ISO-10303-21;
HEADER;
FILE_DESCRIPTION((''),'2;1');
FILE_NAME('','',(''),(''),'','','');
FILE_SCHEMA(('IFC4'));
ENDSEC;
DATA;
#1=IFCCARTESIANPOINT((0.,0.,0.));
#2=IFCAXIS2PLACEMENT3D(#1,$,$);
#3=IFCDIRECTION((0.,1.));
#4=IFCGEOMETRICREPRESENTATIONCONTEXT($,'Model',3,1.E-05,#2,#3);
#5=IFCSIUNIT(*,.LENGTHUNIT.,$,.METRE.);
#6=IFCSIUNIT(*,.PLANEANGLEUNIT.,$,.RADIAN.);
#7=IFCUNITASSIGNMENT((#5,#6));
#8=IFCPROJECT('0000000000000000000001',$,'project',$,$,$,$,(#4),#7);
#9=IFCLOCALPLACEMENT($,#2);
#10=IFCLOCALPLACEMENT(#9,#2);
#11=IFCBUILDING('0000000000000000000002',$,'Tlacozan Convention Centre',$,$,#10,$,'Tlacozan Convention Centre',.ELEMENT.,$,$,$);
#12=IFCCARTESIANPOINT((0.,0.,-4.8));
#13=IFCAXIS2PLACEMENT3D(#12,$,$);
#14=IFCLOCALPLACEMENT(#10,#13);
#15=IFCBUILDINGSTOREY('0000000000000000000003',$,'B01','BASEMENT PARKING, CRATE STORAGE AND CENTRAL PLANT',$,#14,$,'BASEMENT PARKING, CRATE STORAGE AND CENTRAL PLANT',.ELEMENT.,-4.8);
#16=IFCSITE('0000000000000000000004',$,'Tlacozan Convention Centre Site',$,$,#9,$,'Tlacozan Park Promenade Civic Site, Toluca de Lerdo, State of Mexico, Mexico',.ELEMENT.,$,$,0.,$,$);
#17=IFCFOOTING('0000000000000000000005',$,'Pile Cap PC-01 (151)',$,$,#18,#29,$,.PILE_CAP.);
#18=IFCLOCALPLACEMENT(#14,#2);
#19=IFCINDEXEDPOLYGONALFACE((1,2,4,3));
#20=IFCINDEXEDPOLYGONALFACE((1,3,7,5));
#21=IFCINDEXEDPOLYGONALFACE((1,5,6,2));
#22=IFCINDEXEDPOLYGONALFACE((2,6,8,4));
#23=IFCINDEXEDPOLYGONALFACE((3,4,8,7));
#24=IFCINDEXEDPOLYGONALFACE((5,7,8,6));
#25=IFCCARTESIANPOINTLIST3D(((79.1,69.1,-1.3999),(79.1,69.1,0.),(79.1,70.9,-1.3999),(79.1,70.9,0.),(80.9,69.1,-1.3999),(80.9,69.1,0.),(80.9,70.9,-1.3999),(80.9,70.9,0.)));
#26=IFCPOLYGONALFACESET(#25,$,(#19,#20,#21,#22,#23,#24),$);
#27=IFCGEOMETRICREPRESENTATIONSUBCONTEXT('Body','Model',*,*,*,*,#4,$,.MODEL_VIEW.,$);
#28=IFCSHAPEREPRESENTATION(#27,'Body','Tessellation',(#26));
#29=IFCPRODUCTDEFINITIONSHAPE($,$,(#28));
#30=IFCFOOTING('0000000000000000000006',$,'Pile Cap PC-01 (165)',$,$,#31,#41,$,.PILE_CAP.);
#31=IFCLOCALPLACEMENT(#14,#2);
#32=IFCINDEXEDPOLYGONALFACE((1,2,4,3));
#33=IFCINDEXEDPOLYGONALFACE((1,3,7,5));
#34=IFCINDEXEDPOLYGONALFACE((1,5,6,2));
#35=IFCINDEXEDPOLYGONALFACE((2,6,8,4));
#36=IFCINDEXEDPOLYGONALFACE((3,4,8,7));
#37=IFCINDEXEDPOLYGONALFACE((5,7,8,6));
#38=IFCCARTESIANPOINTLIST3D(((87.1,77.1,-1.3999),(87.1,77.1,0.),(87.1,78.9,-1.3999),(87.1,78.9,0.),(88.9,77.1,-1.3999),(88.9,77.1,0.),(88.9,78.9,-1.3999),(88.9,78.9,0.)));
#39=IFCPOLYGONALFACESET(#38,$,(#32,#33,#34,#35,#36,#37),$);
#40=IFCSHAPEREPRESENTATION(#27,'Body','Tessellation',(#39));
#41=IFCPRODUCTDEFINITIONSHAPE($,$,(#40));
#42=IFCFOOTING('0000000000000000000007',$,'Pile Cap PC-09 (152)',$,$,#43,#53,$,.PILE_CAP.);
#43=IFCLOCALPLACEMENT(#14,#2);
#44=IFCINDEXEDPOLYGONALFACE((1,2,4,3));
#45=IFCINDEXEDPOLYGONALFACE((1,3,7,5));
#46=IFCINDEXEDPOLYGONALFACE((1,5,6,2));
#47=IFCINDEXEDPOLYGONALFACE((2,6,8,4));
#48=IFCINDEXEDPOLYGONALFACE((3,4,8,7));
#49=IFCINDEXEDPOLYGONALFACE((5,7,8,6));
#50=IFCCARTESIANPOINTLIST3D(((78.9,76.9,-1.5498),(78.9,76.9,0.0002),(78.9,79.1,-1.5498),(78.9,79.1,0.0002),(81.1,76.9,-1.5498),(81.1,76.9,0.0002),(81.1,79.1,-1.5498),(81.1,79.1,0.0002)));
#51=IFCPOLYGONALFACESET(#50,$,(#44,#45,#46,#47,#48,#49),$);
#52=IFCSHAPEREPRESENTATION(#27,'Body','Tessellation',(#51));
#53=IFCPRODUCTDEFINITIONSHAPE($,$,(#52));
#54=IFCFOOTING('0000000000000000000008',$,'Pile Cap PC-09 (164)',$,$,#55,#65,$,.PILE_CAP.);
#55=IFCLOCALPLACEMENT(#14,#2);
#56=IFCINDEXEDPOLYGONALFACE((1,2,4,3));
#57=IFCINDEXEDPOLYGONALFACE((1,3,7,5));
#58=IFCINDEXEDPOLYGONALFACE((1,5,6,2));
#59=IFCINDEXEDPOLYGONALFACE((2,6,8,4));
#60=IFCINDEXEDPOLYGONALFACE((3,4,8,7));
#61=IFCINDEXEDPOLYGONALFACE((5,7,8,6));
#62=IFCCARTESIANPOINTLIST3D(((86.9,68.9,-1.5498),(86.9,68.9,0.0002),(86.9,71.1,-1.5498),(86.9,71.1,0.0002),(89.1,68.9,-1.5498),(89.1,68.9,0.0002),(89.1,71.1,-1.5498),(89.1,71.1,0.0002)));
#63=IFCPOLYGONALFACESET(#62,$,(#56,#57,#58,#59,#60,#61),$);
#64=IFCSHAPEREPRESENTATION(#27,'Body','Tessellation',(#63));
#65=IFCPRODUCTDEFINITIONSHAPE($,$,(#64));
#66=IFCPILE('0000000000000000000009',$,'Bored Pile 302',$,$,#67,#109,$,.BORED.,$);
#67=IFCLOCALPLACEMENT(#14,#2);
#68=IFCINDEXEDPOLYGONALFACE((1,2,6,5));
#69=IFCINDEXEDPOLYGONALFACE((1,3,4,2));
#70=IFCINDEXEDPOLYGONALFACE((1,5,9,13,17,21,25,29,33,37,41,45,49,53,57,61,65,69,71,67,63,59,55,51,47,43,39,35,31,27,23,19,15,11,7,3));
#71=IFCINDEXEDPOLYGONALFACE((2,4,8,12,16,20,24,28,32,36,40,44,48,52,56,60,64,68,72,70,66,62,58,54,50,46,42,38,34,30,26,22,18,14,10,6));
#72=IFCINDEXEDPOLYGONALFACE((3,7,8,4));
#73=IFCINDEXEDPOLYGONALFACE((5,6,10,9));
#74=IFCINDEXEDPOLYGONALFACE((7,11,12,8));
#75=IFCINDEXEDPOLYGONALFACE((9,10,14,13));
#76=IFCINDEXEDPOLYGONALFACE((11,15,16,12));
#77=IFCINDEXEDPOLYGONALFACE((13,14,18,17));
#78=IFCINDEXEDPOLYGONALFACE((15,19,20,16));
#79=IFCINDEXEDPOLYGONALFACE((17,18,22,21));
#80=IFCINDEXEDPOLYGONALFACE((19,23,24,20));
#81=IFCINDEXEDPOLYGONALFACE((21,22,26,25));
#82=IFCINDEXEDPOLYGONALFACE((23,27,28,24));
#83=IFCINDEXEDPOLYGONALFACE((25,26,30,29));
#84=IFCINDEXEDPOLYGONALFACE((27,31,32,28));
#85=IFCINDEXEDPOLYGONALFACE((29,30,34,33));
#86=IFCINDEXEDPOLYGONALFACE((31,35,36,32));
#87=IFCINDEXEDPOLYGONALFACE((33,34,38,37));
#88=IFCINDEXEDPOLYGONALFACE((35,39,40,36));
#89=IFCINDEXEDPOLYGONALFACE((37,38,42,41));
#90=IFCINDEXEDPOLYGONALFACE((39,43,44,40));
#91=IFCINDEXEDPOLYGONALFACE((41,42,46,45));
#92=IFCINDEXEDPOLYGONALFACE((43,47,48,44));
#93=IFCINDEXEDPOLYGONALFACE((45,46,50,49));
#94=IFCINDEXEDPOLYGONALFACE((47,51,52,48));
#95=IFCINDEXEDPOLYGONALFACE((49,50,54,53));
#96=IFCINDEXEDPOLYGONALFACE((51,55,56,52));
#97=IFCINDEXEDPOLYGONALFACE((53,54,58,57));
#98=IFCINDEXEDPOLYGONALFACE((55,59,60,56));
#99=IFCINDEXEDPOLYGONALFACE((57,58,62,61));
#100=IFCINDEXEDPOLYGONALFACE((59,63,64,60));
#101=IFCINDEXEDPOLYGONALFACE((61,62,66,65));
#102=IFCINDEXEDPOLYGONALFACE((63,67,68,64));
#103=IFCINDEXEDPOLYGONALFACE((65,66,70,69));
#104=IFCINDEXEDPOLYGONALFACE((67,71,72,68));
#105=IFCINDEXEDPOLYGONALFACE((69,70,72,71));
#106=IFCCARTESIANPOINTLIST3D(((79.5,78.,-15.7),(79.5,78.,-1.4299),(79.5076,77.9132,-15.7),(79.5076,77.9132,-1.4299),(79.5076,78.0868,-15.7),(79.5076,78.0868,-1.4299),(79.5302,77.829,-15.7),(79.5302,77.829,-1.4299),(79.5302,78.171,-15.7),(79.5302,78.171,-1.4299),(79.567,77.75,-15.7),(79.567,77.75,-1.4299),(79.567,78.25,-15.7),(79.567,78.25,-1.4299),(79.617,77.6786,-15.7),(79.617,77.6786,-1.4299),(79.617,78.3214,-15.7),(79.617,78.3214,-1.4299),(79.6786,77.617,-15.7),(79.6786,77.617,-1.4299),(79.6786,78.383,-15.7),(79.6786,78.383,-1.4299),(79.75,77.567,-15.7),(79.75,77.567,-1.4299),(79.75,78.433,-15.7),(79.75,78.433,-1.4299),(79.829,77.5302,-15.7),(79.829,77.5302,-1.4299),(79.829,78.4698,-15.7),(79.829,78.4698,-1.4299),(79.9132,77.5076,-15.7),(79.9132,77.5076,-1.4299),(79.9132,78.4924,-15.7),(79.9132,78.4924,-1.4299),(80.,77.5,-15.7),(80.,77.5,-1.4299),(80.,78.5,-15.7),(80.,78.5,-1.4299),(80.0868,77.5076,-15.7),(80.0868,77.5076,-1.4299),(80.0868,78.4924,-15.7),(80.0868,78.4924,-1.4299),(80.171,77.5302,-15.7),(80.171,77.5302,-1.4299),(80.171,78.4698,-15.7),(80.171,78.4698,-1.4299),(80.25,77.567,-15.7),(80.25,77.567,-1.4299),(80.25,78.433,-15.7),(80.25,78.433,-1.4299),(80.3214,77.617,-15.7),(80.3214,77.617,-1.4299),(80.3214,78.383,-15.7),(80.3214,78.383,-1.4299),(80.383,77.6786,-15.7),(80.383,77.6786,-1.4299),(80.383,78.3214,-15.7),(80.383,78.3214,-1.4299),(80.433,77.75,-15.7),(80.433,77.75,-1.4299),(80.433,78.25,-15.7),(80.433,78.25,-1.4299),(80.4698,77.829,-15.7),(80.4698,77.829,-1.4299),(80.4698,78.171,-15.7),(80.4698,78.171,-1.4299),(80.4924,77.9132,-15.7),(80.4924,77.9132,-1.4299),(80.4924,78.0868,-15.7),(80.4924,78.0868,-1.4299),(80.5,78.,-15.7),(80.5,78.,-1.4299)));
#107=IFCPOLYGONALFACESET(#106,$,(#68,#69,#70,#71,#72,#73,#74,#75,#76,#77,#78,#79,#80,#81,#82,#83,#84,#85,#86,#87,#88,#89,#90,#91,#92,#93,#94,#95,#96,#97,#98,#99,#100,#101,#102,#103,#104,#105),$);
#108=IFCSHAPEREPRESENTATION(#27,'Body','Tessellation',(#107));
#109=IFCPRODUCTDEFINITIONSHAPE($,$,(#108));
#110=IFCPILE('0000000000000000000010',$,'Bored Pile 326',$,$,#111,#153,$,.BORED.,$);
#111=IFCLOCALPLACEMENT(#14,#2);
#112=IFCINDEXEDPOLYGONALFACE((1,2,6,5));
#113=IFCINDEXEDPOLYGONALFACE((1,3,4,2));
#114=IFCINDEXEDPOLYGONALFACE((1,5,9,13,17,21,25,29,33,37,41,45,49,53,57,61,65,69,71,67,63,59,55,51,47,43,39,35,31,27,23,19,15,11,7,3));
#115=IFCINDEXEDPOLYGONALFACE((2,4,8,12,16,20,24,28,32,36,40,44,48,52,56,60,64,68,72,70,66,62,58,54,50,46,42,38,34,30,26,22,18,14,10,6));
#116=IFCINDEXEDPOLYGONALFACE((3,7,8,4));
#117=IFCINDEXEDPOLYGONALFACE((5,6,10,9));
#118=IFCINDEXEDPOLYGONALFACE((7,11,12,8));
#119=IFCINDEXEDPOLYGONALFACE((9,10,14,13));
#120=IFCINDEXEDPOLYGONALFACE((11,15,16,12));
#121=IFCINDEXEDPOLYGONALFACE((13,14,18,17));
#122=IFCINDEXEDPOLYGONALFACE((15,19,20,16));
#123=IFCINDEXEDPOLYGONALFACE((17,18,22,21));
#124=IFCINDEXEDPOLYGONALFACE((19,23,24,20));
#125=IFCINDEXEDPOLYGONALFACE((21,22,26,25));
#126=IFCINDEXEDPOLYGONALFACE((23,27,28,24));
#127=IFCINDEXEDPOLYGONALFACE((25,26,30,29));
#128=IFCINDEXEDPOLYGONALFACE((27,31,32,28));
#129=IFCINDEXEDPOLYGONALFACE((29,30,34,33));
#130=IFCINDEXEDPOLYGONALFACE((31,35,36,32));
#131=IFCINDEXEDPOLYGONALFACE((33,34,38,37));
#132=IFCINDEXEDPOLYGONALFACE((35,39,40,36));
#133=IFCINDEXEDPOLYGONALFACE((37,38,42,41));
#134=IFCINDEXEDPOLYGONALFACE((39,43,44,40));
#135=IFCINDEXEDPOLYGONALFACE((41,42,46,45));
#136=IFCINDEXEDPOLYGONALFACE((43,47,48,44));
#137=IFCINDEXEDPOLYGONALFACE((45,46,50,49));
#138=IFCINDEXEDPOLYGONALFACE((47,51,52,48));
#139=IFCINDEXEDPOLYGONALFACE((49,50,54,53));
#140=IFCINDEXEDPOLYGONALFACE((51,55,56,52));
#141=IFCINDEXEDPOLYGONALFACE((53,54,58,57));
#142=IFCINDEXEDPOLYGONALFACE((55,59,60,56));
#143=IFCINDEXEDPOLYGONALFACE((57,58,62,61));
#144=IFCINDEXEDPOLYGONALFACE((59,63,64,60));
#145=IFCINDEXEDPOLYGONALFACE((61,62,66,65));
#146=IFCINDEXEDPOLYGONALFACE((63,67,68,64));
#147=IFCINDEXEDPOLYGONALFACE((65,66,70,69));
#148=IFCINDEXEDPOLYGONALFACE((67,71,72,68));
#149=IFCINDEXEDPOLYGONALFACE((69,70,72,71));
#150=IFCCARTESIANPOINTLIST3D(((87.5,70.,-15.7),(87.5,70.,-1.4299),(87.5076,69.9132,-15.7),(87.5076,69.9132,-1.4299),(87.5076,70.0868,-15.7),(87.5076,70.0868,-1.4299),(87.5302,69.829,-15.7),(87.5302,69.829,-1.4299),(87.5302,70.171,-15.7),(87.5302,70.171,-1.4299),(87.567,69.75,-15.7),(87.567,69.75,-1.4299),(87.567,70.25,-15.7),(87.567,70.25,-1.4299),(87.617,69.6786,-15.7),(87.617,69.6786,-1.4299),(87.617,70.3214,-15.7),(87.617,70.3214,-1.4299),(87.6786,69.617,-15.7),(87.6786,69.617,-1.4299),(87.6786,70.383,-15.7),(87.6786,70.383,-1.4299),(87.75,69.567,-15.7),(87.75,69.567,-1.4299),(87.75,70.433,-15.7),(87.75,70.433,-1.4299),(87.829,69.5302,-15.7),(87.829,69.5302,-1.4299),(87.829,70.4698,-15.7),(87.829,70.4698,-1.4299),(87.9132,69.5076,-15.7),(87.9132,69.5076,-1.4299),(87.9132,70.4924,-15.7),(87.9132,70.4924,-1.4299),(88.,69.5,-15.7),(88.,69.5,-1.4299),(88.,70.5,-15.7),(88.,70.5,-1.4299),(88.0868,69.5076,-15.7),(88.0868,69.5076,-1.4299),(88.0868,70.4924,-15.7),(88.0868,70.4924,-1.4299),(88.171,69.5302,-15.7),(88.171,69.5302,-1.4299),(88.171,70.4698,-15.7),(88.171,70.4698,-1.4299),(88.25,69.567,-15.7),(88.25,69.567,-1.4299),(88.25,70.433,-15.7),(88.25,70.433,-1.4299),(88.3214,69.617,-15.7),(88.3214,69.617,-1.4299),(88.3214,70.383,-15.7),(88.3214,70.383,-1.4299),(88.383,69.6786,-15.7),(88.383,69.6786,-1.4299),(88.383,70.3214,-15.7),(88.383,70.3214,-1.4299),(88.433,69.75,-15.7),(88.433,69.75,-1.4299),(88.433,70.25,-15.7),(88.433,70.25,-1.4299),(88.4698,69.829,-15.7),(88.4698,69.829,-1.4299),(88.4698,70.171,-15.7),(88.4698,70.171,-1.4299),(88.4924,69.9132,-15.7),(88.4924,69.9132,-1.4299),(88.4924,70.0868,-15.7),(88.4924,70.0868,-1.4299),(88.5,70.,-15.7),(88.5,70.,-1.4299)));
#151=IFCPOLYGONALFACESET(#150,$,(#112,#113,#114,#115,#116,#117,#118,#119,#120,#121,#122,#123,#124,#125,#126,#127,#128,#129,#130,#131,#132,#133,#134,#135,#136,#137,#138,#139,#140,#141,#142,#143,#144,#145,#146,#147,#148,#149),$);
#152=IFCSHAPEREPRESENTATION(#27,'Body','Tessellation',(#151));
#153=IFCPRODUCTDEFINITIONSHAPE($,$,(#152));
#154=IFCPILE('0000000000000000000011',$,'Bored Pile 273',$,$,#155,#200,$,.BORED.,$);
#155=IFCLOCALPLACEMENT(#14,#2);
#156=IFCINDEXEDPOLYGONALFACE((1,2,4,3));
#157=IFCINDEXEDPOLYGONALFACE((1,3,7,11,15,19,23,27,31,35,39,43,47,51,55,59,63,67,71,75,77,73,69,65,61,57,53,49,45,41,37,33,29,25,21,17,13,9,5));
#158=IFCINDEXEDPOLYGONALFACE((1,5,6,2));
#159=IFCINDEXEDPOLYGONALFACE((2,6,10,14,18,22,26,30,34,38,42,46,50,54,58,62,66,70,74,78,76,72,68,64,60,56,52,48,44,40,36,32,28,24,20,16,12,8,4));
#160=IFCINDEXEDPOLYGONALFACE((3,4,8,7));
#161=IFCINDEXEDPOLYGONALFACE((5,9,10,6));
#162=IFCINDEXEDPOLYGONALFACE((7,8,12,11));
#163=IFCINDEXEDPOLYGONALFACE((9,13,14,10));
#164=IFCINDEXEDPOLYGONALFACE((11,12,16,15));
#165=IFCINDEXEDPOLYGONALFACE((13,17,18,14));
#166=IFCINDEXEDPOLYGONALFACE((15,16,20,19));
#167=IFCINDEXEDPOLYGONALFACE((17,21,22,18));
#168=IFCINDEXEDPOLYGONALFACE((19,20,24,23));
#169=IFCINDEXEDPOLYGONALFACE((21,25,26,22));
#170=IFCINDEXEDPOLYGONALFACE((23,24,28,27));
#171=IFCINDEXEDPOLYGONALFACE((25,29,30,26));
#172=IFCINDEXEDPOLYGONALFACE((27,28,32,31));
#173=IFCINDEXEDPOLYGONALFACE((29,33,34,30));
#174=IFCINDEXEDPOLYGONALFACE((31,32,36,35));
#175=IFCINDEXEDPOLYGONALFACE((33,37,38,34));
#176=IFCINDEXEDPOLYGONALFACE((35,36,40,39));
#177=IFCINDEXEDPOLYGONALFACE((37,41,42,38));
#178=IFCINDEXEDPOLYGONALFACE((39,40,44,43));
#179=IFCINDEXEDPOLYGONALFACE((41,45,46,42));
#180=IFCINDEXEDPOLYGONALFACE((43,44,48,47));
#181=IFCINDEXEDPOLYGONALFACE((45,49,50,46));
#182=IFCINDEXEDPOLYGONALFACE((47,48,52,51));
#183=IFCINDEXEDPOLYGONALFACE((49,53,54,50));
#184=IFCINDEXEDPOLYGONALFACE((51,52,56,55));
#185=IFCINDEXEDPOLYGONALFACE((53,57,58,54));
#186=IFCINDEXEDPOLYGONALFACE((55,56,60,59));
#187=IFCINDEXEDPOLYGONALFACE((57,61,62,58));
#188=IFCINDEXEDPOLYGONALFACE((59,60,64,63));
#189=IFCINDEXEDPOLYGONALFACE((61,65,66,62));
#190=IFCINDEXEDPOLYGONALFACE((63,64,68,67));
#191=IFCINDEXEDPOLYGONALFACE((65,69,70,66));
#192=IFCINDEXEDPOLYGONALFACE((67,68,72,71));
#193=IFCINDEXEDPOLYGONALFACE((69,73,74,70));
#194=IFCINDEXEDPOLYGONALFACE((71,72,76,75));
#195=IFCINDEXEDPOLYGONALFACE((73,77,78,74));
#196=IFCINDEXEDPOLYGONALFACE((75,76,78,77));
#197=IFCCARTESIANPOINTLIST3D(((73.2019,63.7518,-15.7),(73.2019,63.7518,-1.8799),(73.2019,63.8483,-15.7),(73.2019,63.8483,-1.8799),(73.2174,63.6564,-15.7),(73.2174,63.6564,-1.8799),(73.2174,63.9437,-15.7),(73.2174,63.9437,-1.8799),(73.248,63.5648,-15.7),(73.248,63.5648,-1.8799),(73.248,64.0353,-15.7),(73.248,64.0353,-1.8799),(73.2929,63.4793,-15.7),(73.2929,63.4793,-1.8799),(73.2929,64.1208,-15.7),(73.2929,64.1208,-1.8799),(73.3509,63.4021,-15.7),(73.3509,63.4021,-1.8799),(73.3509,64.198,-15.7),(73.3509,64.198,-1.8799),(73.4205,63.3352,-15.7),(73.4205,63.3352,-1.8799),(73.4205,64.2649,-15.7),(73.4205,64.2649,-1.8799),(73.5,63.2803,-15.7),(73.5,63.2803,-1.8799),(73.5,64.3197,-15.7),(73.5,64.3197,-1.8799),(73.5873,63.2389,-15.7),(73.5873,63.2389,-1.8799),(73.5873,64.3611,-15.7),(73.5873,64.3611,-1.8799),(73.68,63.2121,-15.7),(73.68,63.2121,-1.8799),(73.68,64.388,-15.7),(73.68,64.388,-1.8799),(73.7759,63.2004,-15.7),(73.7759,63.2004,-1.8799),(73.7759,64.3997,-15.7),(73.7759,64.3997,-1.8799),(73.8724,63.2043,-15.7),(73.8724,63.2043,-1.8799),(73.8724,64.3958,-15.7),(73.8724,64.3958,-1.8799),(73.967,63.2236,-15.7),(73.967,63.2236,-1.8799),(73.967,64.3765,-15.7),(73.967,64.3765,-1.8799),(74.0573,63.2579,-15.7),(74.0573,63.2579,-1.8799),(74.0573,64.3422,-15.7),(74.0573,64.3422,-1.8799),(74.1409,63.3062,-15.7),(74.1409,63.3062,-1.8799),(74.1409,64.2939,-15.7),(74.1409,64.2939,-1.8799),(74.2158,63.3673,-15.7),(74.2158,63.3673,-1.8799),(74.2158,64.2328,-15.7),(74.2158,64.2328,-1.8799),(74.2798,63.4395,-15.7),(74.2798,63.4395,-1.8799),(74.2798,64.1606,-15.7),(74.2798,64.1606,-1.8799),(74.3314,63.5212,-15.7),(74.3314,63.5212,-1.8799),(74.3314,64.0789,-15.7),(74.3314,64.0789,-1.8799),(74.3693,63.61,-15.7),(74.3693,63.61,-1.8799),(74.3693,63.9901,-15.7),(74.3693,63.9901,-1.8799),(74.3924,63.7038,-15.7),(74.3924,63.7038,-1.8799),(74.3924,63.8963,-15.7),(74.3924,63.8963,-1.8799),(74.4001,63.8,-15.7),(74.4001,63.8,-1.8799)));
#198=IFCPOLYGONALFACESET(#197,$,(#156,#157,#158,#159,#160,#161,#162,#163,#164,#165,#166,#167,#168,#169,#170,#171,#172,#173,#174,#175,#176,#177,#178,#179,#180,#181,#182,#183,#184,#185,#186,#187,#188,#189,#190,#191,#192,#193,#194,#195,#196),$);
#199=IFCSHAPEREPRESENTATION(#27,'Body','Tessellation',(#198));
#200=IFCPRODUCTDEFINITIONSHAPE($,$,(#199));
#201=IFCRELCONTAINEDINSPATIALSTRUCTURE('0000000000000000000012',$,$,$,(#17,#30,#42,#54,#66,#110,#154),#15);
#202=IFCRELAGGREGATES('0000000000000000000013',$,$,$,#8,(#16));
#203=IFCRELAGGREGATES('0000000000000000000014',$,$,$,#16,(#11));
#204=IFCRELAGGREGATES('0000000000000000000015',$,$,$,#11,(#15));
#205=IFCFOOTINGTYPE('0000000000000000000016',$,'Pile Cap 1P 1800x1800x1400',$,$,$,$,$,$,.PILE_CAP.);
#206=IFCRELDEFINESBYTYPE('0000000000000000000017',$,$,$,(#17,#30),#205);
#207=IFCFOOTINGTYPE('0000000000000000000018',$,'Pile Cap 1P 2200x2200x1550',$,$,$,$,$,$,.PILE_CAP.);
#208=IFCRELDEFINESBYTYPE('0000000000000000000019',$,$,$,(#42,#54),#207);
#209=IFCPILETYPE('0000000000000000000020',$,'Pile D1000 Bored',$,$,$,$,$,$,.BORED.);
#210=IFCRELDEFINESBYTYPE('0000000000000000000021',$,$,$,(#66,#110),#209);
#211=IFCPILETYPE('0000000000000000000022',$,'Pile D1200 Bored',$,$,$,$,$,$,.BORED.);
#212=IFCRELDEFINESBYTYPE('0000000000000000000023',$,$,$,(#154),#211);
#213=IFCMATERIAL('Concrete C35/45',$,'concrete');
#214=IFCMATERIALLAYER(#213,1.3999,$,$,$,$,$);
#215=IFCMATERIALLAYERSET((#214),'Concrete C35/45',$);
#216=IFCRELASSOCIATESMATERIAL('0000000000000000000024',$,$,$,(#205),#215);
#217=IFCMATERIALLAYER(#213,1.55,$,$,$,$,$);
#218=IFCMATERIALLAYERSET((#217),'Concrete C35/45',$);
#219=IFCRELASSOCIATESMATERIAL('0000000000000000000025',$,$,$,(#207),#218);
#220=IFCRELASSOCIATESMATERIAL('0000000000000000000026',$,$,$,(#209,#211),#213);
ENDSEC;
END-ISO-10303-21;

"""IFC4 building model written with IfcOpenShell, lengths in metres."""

from ifc_helpers import new_model, si_unit, direction, frame, origin, origin_2d, place, context, subcontext, project, spatial, rectangle, circle, extrude, material, layer, layer_set, material_profile, profile_set, type_object, element, save


model = new_model("IFC4")

# Units and contexts
model_context = context("Model", 3, precision=1e-05, world=origin(), true_north=direction((0.0, 1.0)))
body_context = subcontext(model_context, "Body", "Model", "MODEL_VIEW")
ifc_project = project(units=[si_unit("LENGTHUNIT", "METRE"), si_unit("PLANEANGLEUNIT", "RADIAN")], contexts=[model_context])

# Site, building, storey
site_placement = place(None, origin())
site = spatial("IfcSite", under=ifc_project, at=site_placement, Name="Tlacozan Convention Centre Site", LongName="Tlacozan Park Promenade Civic Site, Toluca de Lerdo, State of Mexico, Mexico", CompositionType="ELEMENT", RefElevation=0.0)
building_placement = place(site_placement, origin())
building = spatial("IfcBuilding", under=site, at=building_placement, Name="Tlacozan Convention Centre", LongName="Tlacozan Convention Centre", CompositionType="ELEMENT")
storey_placement = place(building_placement, frame((0.0, 0.0, -4.8)))
storey = spatial("IfcBuildingStorey", under=building, at=storey_placement, Name="B01", Description="BASEMENT PARKING, CRATE STORAGE AND CENTRAL PLANT", LongName="BASEMENT PARKING, CRATE STORAGE AND CENTRAL PLANT", CompositionType="ELEMENT", Elevation=-4.8)

# Footings
ifc_material_1 = material(Name="Concrete C35/45", Category="concrete")
ifc_layer_1 = layer(ifc_material_1, 1.3999)
ifc_layer_set_1 = layer_set([ifc_layer_1], Name="Concrete C35/45")
footing_type_1 = type_object("IfcFootingType", Name="Pile Cap 1P 1800x1800x1400", PredefinedType="PILE_CAP", material=ifc_layer_set_1)
for number, where, z_axis, x_axis, name in (
    (1, (80.0, 70.0, -1.3999), (0.0, 0.0, 1.0), (1.0, 0.0, 0.0), "Pile Cap PC-01 (151)"),
    (2, (88.0, 78.0, -1.3999), (0.0, 0.0, 1.0), (1.0, 0.0, 0.0), "Pile Cap PC-01 (165)"),
):
    element("IfcFooting", number, at=place(storey_placement, frame(where, z_axis=z_axis, x_axis=x_axis)), inside=storey, type_object=footing_type_1, Name=name, PredefinedType="PILE_CAP", context=body_context, shape_type="SweptSolid", body=[
        extrude(rectangle(XDim=1.8, YDim=1.8, at=origin_2d()), origin(), (0.0, 0.0, 1.0), 1.3999),
    ])
ifc_layer_2 = layer(ifc_material_1, 1.55)
ifc_layer_set_2 = layer_set([ifc_layer_2], Name="Concrete C35/45")
footing_type_2 = type_object("IfcFootingType", Name="Pile Cap 1P 2200x2200x1550", PredefinedType="PILE_CAP", material=ifc_layer_set_2)
for number, where, z_axis, x_axis, name in (
    (3, (80.0, 78.0, -1.5498), (0.0, 0.0, 1.0), (1.0, 0.0, 0.0), "Pile Cap PC-09 (152)"),
    (4, (88.0, 70.0, -1.5498), (0.0, 0.0, 1.0), (1.0, 0.0, 0.0), "Pile Cap PC-09 (164)"),
):
    element("IfcFooting", number, at=place(storey_placement, frame(where, z_axis=z_axis, x_axis=x_axis)), inside=storey, type_object=footing_type_2, Name=name, PredefinedType="PILE_CAP", context=body_context, shape_type="SweptSolid", body=[
        extrude(rectangle(XDim=2.2, YDim=2.2, at=origin_2d()), origin(), (0.0, 0.0, 1.0), 1.55),
    ])

# Piles
ifc_material_profile_1 = material_profile(ifc_material_1, circle(Radius=0.5, at=origin_2d()), Name="PILE D1000")
ifc_profile_set_1 = profile_set([ifc_material_profile_1], Name="Concrete C35/45")
pile_type_1 = type_object("IfcPileType", Name="Pile D1000 Bored", PredefinedType="BORED", material=ifc_profile_set_1)
for number, where, z_axis, x_axis, name in (
    (5, (80.0, 78.0, -1.4299), (0.0, 0.0, -1.0), (1.0, 0.0, 0.0), "Bored Pile 302"),
    (6, (88.0, 70.0, -1.4299), (0.0, 0.0, -1.0), (1.0, 0.0, 0.0), "Bored Pile 326"),
):
    element("IfcPile", number, at=place(storey_placement, frame(where, z_axis=z_axis, x_axis=x_axis)), inside=storey, type_object=pile_type_1, Name=name, PredefinedType="BORED", context=body_context, shape_type="SweptSolid", body=[
        extrude(circle(Radius=0.5, at=origin_2d()), origin(), (0.0, 0.0, 1.0), 14.27),
    ])
ifc_material_profile_2 = material_profile(ifc_material_1, circle(Radius=0.6001, at=origin_2d()), Name="PILE D1200")
ifc_profile_set_2 = profile_set([ifc_material_profile_2], Name="Concrete C35/45")
pile_type_2 = type_object("IfcPileType", Name="Pile D1200 Bored", PredefinedType="BORED", material=ifc_profile_set_2)
pile_1_placement = place(storey_placement, frame((73.8, 63.8, -1.8799), z_axis=(0.0, 0.0, -1.0), x_axis=(1.0, 0.0, 0.0)))
element("IfcPile", 7, at=pile_1_placement, inside=storey, type_object=pile_type_2, Name="Bored Pile 273", PredefinedType="BORED", context=body_context, shape_type="SweptSolid", body=[
    extrude(circle(Radius=0.6001, at=origin_2d()), origin(), (0.0, 0.0, 1.0), 13.8201),
])

save(model, "model.ifc")
